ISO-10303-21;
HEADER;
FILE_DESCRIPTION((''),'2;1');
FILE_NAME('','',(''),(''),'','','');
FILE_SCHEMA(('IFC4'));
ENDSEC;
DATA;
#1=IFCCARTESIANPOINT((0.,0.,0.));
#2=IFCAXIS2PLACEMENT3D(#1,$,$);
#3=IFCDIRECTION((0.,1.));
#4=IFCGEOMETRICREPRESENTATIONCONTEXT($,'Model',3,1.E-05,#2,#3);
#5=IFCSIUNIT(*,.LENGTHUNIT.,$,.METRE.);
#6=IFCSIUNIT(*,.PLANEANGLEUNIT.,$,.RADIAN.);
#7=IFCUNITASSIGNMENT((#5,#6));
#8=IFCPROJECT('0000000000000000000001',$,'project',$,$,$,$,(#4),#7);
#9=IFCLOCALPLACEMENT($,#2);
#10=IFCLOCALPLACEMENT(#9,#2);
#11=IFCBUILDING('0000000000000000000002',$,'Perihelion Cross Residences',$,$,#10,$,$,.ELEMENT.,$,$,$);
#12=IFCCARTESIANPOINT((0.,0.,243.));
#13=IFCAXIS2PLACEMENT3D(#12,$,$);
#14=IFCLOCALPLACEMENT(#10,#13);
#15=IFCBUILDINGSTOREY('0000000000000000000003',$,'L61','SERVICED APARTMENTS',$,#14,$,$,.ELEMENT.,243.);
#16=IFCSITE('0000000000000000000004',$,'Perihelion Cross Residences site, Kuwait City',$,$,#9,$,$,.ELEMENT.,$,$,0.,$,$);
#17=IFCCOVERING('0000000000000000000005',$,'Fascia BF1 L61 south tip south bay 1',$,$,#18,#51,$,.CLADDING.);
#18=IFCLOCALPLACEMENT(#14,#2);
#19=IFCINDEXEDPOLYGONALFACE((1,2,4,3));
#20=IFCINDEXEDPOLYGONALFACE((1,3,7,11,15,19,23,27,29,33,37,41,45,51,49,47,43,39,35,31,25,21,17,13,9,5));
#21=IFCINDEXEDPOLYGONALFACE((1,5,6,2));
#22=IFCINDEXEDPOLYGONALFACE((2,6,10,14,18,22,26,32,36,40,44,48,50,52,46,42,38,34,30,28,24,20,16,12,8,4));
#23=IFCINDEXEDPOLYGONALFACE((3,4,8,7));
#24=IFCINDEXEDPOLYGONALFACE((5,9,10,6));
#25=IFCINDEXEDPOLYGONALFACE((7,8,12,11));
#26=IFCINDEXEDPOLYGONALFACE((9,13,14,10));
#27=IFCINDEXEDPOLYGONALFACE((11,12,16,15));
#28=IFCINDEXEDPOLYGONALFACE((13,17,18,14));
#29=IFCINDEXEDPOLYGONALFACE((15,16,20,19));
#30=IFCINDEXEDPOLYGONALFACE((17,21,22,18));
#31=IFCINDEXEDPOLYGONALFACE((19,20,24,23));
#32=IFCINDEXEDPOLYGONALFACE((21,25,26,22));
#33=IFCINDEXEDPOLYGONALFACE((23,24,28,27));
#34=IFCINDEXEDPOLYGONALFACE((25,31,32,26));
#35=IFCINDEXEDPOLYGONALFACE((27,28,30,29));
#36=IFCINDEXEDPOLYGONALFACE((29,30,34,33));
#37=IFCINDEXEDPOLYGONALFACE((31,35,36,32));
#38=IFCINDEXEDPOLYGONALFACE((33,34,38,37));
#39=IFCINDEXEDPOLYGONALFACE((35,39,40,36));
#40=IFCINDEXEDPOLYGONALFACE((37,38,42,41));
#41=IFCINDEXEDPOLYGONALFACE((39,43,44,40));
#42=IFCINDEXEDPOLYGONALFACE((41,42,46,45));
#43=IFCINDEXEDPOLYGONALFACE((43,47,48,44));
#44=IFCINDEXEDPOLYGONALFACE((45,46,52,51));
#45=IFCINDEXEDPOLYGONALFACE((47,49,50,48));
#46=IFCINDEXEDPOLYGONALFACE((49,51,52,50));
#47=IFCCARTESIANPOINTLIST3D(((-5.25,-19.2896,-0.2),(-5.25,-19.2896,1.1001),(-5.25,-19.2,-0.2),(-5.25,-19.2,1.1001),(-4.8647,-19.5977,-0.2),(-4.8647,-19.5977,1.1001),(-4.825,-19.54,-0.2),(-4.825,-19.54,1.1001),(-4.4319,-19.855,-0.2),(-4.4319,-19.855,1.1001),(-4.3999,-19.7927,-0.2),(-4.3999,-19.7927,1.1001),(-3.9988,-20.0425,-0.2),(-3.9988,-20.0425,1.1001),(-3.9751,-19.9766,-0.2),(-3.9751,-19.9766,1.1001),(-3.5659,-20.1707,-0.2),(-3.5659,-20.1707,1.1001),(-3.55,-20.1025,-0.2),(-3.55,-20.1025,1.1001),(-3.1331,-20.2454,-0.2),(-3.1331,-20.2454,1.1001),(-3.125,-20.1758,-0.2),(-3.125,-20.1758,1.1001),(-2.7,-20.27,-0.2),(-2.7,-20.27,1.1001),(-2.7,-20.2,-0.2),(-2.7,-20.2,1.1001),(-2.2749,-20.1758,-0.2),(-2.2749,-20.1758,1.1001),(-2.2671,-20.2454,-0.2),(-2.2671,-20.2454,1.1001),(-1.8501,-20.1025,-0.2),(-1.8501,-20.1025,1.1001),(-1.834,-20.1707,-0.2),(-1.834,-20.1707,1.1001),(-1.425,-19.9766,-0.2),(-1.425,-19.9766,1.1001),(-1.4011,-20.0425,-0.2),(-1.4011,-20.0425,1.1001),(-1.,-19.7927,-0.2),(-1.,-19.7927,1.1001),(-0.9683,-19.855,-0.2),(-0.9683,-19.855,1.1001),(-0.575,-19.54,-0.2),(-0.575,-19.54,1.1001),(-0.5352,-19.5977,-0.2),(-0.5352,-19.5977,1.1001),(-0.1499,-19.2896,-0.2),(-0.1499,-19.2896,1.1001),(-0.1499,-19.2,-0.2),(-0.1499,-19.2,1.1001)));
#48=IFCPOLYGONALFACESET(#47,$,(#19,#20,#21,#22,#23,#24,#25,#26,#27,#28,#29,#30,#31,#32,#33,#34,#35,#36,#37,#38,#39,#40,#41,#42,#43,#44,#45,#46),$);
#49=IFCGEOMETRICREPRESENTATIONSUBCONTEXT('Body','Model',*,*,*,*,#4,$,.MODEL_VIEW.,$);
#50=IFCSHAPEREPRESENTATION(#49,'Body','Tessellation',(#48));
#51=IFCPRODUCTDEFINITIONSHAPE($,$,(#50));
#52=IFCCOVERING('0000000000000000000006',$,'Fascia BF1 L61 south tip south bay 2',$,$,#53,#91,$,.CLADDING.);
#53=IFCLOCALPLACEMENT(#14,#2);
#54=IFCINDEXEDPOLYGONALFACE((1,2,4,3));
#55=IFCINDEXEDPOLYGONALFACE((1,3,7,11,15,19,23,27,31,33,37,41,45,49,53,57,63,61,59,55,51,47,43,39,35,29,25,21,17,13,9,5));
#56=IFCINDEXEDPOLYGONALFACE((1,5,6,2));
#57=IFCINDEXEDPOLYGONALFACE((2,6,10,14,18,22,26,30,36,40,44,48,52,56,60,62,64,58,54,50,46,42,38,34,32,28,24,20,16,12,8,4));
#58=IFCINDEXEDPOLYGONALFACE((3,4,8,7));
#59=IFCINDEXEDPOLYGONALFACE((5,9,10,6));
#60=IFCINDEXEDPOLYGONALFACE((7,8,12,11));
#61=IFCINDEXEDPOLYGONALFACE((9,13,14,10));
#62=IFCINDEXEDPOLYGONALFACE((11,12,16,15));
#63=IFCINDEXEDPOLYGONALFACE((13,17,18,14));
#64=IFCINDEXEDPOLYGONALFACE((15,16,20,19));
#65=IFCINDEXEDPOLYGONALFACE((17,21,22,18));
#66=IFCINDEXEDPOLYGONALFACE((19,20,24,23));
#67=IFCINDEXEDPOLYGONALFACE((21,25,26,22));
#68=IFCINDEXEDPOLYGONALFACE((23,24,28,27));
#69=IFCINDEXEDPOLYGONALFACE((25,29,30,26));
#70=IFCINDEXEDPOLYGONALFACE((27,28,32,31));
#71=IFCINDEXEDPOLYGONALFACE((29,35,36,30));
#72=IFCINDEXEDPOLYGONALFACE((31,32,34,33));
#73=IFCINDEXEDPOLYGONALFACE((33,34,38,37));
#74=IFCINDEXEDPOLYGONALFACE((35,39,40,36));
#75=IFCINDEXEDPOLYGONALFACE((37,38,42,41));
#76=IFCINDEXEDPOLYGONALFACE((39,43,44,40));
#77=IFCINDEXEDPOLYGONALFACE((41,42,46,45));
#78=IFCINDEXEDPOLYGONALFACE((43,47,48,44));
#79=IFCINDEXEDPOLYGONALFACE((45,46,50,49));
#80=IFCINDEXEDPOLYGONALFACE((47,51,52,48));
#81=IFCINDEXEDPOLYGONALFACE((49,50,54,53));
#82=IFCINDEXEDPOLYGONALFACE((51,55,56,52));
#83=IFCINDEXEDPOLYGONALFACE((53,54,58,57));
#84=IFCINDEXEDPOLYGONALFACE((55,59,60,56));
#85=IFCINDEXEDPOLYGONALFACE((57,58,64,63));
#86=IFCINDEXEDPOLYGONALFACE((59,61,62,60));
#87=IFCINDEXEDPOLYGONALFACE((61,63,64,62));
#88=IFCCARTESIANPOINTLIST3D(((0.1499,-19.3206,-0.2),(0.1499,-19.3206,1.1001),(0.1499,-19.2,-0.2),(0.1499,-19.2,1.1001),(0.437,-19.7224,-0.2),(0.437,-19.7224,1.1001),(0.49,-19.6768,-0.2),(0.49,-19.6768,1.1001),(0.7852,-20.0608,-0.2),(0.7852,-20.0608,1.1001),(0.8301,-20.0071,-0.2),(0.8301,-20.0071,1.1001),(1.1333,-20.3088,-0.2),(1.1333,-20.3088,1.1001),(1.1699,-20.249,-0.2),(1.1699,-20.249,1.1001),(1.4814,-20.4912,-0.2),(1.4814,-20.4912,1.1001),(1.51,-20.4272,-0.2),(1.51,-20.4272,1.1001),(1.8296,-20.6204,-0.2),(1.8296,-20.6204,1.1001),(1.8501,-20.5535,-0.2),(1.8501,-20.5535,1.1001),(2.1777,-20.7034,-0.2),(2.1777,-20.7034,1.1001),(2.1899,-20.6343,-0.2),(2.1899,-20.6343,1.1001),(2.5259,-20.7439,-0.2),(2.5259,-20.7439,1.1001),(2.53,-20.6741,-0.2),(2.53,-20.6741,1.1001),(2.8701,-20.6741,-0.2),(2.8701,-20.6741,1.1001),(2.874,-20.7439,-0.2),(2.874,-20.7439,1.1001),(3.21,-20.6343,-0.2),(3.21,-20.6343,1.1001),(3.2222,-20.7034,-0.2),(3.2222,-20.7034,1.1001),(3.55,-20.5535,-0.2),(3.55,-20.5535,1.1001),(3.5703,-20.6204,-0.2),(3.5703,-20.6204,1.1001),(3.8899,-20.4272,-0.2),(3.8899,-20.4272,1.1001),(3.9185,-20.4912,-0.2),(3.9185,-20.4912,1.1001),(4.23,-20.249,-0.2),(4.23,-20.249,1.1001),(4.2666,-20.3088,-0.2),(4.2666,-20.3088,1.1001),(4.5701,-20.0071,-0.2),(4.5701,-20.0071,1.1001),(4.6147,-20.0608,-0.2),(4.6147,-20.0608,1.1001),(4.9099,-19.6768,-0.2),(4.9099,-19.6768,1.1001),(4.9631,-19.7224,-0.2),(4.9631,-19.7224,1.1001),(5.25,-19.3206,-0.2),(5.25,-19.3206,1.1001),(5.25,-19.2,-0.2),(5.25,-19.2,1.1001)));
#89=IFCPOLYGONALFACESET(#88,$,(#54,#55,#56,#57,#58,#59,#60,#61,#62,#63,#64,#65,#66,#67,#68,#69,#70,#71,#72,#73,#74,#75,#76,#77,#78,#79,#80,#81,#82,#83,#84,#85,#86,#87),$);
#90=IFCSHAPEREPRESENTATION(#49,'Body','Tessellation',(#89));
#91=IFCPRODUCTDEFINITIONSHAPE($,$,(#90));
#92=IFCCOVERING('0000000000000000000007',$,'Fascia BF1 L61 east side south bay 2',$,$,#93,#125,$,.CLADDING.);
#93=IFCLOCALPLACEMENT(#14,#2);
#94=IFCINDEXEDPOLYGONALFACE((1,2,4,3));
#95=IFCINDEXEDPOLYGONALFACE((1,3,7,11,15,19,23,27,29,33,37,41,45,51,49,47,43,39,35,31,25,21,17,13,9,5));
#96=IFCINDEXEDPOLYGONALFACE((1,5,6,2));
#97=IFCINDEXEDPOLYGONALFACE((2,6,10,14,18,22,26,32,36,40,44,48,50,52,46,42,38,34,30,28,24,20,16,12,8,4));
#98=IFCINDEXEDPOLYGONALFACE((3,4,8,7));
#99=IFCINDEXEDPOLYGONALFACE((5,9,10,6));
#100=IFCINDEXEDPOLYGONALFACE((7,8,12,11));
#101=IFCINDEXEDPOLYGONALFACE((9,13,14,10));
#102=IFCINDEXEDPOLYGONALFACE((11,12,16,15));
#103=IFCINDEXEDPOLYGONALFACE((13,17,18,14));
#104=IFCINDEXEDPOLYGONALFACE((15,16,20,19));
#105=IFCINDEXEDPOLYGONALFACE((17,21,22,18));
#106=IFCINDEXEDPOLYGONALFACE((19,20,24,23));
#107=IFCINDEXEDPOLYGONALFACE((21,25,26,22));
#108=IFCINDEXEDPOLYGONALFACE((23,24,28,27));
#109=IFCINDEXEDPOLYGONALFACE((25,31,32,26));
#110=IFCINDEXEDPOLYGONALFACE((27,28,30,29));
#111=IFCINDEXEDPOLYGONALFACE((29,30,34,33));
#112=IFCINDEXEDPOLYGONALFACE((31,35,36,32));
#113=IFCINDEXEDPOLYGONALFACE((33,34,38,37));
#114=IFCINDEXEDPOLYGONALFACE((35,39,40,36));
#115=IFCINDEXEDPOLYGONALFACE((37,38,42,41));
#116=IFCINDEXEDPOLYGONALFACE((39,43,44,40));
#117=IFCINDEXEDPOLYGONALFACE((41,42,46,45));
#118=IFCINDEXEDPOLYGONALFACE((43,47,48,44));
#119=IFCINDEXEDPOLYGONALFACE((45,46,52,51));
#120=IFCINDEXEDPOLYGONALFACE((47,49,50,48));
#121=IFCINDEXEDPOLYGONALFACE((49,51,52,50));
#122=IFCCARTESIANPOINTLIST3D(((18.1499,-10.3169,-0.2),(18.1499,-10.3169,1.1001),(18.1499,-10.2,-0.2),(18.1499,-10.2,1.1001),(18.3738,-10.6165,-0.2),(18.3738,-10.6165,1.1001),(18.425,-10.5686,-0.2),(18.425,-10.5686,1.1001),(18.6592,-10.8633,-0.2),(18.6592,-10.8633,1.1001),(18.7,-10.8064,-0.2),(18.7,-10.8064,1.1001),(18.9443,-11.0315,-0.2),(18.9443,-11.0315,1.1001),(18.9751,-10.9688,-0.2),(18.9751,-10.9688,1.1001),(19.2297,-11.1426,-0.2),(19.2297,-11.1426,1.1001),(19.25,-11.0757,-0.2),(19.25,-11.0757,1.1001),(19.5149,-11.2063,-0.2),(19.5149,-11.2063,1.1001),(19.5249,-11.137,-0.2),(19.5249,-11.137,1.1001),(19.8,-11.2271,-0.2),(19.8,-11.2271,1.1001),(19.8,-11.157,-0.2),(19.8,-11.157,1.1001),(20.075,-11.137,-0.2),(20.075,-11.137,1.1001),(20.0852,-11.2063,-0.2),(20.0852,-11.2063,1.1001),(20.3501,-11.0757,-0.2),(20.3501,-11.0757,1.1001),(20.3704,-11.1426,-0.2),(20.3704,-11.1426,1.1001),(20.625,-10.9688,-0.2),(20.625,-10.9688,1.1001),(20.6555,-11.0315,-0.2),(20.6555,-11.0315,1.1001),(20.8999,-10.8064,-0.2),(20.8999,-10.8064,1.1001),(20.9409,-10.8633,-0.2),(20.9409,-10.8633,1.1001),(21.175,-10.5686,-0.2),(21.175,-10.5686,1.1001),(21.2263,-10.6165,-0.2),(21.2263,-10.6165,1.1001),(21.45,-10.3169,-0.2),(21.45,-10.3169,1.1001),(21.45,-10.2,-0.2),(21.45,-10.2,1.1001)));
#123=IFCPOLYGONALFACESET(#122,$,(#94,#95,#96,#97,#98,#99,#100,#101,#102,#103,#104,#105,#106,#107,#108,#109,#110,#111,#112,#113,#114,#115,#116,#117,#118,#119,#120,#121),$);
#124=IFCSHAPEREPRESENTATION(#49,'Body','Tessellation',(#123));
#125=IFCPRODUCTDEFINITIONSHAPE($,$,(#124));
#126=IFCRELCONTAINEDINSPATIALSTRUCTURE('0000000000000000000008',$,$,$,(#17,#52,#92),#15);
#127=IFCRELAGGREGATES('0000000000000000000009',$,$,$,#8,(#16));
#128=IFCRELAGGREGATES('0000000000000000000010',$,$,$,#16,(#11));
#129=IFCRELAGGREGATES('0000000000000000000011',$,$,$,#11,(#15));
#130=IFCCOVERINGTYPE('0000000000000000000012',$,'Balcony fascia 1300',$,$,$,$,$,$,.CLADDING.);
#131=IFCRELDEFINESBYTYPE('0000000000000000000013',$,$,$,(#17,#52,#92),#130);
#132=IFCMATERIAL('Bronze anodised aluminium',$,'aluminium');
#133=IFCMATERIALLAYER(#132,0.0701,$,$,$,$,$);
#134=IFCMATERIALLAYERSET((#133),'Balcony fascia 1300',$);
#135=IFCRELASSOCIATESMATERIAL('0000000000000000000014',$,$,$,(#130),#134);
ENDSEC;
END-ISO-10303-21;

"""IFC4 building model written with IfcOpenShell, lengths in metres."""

from ifc_helpers import new_model, si_unit, direction, frame, origin, place, context, subcontext, project, spatial, polyline, outline, extrude, material, layer, layer_set, type_object, element, save


model = new_model("IFC4")

# Units and contexts
model_context = context("Model", 3, precision=1e-05, world=origin(), true_north=direction((0.0, 1.0)))
body_context = subcontext(model_context, "Body", "Model", "MODEL_VIEW")
ifc_project = project(units=[si_unit("LENGTHUNIT", "METRE"), si_unit("PLANEANGLEUNIT", "RADIAN")], contexts=[model_context])

# Site, building, storey
site_placement = place(None, origin())
site = spatial("IfcSite", under=ifc_project, at=site_placement, Name="Perihelion Cross Residences site, Kuwait City", CompositionType="ELEMENT", RefElevation=0.0)
building_placement = place(site_placement, origin())
building = spatial("IfcBuilding", under=site, at=building_placement, Name="Perihelion Cross Residences", CompositionType="ELEMENT")
storey_placement = place(building_placement, frame((0.0, 0.0, 243.0)))
storey = spatial("IfcBuildingStorey", under=building, at=storey_placement, Name="L61", Description="SERVICED APARTMENTS", CompositionType="ELEMENT", Elevation=243.0)

# Coverings
ifc_material_1 = material(Name="Bronze anodised aluminium", Category="aluminium")
ifc_layer_1 = layer(ifc_material_1, 0.0701)
ifc_layer_set_1 = layer_set([ifc_layer_1], Name="Balcony fascia 1300")
covering_type = type_object("IfcCoveringType", Name="Balcony fascia 1300", PredefinedType="CLADDING", material=ifc_layer_set_1)
covering_1_placement = place(storey_placement, frame((0.0, 0.0, -0.2)))
element("IfcCovering", 1, at=covering_1_placement, inside=storey, type_object=covering_type, Name="Fascia BF1 L61 south tip south bay 1", PredefinedType="CLADDING", context=body_context, shape_type="SweptSolid", body=[
    extrude(outline(polyline([(-4.8647, -19.5977), (-4.4319, -19.855), (-3.9988, -20.0425), (-3.5659, -20.1707), (-3.1331, -20.2454), (-2.7, -20.27), (-2.2671, -20.2454), (-1.834, -20.1707), (-1.4011, -20.0425), (-0.9683, -19.855), (-0.5352, -19.5977), (-0.1499, -19.2896), (-0.1499, -19.2), (-0.575, -19.54), (-1.0, -19.7927), (-1.425, -19.9766), (-1.8501, -20.1025), (-2.2749, -20.1758), (-2.7, -20.2), (-3.125, -20.1758), (-3.55, -20.1025), (-3.9751, -19.9766), (-4.3999, -19.7927), (-4.825, -19.54), (-5.25, -19.2), (-5.25, -19.2896), (-4.8647, -19.5977)])), origin(), (0.0, 0.0, 1.0), 1.3),
])
covering_2_placement = place(storey_placement, frame((0.0, 0.0, -0.2)))
element("IfcCovering", 2, at=covering_2_placement, inside=storey, type_object=covering_type, Name="Fascia BF1 L61 south tip south bay 2", PredefinedType="CLADDING", context=body_context, shape_type="SweptSolid", body=[
    extrude(outline(polyline([(0.437, -19.7224), (0.7852, -20.0608), (1.1333, -20.3088), (1.4814, -20.4912), (1.8296, -20.6204), (2.1777, -20.7034), (2.5259, -20.7439), (2.874, -20.7439), (3.2222, -20.7034), (3.5703, -20.6204), (3.9185, -20.4912), (4.2666, -20.3088), (4.6147, -20.0608), (4.9631, -19.7224), (5.25, -19.3206), (5.25, -19.2), (4.9099, -19.6768), (4.5701, -20.0071), (4.23, -20.249), (3.8899, -20.4272), (3.55, -20.5535), (3.21, -20.6343), (2.8701, -20.6741), (2.53, -20.6741), (2.1899, -20.6343), (1.8501, -20.5535), (1.51, -20.4272), (1.1699, -20.249), (0.8301, -20.0071), (0.49, -19.6768), (0.1499, -19.2), (0.1499, -19.3206), (0.437, -19.7224)])), origin(), (0.0, 0.0, 1.0), 1.3),
])
covering_3_placement = place(storey_placement, frame((0.0, 0.0, -0.2)))
element("IfcCovering", 3, at=covering_3_placement, inside=storey, type_object=covering_type, Name="Fascia BF1 L61 east side south bay 2", PredefinedType="CLADDING", context=body_context, shape_type="SweptSolid", body=[
    extrude(outline(polyline([(18.3738, -10.6165), (18.6592, -10.8633), (18.9443, -11.0315), (19.2297, -11.1426), (19.5149, -11.2063), (19.8, -11.2271), (20.0852, -11.2063), (20.3704, -11.1426), (20.6555, -11.0315), (20.9409, -10.8633), (21.2263, -10.6165), (21.45, -10.3169), (21.45, -10.2), (21.175, -10.5686), (20.8999, -10.8064), (20.625, -10.9688), (20.3501, -11.0757), (20.075, -11.137), (19.8, -11.157), (19.5249, -11.137), (19.25, -11.0757), (18.9751, -10.9688), (18.7, -10.8064), (18.425, -10.5686), (18.1499, -10.2), (18.1499, -10.3169), (18.3738, -10.6165)])), origin(), (0.0, 0.0, 1.0), 1.3),
])

save(model, "model.ifc")
